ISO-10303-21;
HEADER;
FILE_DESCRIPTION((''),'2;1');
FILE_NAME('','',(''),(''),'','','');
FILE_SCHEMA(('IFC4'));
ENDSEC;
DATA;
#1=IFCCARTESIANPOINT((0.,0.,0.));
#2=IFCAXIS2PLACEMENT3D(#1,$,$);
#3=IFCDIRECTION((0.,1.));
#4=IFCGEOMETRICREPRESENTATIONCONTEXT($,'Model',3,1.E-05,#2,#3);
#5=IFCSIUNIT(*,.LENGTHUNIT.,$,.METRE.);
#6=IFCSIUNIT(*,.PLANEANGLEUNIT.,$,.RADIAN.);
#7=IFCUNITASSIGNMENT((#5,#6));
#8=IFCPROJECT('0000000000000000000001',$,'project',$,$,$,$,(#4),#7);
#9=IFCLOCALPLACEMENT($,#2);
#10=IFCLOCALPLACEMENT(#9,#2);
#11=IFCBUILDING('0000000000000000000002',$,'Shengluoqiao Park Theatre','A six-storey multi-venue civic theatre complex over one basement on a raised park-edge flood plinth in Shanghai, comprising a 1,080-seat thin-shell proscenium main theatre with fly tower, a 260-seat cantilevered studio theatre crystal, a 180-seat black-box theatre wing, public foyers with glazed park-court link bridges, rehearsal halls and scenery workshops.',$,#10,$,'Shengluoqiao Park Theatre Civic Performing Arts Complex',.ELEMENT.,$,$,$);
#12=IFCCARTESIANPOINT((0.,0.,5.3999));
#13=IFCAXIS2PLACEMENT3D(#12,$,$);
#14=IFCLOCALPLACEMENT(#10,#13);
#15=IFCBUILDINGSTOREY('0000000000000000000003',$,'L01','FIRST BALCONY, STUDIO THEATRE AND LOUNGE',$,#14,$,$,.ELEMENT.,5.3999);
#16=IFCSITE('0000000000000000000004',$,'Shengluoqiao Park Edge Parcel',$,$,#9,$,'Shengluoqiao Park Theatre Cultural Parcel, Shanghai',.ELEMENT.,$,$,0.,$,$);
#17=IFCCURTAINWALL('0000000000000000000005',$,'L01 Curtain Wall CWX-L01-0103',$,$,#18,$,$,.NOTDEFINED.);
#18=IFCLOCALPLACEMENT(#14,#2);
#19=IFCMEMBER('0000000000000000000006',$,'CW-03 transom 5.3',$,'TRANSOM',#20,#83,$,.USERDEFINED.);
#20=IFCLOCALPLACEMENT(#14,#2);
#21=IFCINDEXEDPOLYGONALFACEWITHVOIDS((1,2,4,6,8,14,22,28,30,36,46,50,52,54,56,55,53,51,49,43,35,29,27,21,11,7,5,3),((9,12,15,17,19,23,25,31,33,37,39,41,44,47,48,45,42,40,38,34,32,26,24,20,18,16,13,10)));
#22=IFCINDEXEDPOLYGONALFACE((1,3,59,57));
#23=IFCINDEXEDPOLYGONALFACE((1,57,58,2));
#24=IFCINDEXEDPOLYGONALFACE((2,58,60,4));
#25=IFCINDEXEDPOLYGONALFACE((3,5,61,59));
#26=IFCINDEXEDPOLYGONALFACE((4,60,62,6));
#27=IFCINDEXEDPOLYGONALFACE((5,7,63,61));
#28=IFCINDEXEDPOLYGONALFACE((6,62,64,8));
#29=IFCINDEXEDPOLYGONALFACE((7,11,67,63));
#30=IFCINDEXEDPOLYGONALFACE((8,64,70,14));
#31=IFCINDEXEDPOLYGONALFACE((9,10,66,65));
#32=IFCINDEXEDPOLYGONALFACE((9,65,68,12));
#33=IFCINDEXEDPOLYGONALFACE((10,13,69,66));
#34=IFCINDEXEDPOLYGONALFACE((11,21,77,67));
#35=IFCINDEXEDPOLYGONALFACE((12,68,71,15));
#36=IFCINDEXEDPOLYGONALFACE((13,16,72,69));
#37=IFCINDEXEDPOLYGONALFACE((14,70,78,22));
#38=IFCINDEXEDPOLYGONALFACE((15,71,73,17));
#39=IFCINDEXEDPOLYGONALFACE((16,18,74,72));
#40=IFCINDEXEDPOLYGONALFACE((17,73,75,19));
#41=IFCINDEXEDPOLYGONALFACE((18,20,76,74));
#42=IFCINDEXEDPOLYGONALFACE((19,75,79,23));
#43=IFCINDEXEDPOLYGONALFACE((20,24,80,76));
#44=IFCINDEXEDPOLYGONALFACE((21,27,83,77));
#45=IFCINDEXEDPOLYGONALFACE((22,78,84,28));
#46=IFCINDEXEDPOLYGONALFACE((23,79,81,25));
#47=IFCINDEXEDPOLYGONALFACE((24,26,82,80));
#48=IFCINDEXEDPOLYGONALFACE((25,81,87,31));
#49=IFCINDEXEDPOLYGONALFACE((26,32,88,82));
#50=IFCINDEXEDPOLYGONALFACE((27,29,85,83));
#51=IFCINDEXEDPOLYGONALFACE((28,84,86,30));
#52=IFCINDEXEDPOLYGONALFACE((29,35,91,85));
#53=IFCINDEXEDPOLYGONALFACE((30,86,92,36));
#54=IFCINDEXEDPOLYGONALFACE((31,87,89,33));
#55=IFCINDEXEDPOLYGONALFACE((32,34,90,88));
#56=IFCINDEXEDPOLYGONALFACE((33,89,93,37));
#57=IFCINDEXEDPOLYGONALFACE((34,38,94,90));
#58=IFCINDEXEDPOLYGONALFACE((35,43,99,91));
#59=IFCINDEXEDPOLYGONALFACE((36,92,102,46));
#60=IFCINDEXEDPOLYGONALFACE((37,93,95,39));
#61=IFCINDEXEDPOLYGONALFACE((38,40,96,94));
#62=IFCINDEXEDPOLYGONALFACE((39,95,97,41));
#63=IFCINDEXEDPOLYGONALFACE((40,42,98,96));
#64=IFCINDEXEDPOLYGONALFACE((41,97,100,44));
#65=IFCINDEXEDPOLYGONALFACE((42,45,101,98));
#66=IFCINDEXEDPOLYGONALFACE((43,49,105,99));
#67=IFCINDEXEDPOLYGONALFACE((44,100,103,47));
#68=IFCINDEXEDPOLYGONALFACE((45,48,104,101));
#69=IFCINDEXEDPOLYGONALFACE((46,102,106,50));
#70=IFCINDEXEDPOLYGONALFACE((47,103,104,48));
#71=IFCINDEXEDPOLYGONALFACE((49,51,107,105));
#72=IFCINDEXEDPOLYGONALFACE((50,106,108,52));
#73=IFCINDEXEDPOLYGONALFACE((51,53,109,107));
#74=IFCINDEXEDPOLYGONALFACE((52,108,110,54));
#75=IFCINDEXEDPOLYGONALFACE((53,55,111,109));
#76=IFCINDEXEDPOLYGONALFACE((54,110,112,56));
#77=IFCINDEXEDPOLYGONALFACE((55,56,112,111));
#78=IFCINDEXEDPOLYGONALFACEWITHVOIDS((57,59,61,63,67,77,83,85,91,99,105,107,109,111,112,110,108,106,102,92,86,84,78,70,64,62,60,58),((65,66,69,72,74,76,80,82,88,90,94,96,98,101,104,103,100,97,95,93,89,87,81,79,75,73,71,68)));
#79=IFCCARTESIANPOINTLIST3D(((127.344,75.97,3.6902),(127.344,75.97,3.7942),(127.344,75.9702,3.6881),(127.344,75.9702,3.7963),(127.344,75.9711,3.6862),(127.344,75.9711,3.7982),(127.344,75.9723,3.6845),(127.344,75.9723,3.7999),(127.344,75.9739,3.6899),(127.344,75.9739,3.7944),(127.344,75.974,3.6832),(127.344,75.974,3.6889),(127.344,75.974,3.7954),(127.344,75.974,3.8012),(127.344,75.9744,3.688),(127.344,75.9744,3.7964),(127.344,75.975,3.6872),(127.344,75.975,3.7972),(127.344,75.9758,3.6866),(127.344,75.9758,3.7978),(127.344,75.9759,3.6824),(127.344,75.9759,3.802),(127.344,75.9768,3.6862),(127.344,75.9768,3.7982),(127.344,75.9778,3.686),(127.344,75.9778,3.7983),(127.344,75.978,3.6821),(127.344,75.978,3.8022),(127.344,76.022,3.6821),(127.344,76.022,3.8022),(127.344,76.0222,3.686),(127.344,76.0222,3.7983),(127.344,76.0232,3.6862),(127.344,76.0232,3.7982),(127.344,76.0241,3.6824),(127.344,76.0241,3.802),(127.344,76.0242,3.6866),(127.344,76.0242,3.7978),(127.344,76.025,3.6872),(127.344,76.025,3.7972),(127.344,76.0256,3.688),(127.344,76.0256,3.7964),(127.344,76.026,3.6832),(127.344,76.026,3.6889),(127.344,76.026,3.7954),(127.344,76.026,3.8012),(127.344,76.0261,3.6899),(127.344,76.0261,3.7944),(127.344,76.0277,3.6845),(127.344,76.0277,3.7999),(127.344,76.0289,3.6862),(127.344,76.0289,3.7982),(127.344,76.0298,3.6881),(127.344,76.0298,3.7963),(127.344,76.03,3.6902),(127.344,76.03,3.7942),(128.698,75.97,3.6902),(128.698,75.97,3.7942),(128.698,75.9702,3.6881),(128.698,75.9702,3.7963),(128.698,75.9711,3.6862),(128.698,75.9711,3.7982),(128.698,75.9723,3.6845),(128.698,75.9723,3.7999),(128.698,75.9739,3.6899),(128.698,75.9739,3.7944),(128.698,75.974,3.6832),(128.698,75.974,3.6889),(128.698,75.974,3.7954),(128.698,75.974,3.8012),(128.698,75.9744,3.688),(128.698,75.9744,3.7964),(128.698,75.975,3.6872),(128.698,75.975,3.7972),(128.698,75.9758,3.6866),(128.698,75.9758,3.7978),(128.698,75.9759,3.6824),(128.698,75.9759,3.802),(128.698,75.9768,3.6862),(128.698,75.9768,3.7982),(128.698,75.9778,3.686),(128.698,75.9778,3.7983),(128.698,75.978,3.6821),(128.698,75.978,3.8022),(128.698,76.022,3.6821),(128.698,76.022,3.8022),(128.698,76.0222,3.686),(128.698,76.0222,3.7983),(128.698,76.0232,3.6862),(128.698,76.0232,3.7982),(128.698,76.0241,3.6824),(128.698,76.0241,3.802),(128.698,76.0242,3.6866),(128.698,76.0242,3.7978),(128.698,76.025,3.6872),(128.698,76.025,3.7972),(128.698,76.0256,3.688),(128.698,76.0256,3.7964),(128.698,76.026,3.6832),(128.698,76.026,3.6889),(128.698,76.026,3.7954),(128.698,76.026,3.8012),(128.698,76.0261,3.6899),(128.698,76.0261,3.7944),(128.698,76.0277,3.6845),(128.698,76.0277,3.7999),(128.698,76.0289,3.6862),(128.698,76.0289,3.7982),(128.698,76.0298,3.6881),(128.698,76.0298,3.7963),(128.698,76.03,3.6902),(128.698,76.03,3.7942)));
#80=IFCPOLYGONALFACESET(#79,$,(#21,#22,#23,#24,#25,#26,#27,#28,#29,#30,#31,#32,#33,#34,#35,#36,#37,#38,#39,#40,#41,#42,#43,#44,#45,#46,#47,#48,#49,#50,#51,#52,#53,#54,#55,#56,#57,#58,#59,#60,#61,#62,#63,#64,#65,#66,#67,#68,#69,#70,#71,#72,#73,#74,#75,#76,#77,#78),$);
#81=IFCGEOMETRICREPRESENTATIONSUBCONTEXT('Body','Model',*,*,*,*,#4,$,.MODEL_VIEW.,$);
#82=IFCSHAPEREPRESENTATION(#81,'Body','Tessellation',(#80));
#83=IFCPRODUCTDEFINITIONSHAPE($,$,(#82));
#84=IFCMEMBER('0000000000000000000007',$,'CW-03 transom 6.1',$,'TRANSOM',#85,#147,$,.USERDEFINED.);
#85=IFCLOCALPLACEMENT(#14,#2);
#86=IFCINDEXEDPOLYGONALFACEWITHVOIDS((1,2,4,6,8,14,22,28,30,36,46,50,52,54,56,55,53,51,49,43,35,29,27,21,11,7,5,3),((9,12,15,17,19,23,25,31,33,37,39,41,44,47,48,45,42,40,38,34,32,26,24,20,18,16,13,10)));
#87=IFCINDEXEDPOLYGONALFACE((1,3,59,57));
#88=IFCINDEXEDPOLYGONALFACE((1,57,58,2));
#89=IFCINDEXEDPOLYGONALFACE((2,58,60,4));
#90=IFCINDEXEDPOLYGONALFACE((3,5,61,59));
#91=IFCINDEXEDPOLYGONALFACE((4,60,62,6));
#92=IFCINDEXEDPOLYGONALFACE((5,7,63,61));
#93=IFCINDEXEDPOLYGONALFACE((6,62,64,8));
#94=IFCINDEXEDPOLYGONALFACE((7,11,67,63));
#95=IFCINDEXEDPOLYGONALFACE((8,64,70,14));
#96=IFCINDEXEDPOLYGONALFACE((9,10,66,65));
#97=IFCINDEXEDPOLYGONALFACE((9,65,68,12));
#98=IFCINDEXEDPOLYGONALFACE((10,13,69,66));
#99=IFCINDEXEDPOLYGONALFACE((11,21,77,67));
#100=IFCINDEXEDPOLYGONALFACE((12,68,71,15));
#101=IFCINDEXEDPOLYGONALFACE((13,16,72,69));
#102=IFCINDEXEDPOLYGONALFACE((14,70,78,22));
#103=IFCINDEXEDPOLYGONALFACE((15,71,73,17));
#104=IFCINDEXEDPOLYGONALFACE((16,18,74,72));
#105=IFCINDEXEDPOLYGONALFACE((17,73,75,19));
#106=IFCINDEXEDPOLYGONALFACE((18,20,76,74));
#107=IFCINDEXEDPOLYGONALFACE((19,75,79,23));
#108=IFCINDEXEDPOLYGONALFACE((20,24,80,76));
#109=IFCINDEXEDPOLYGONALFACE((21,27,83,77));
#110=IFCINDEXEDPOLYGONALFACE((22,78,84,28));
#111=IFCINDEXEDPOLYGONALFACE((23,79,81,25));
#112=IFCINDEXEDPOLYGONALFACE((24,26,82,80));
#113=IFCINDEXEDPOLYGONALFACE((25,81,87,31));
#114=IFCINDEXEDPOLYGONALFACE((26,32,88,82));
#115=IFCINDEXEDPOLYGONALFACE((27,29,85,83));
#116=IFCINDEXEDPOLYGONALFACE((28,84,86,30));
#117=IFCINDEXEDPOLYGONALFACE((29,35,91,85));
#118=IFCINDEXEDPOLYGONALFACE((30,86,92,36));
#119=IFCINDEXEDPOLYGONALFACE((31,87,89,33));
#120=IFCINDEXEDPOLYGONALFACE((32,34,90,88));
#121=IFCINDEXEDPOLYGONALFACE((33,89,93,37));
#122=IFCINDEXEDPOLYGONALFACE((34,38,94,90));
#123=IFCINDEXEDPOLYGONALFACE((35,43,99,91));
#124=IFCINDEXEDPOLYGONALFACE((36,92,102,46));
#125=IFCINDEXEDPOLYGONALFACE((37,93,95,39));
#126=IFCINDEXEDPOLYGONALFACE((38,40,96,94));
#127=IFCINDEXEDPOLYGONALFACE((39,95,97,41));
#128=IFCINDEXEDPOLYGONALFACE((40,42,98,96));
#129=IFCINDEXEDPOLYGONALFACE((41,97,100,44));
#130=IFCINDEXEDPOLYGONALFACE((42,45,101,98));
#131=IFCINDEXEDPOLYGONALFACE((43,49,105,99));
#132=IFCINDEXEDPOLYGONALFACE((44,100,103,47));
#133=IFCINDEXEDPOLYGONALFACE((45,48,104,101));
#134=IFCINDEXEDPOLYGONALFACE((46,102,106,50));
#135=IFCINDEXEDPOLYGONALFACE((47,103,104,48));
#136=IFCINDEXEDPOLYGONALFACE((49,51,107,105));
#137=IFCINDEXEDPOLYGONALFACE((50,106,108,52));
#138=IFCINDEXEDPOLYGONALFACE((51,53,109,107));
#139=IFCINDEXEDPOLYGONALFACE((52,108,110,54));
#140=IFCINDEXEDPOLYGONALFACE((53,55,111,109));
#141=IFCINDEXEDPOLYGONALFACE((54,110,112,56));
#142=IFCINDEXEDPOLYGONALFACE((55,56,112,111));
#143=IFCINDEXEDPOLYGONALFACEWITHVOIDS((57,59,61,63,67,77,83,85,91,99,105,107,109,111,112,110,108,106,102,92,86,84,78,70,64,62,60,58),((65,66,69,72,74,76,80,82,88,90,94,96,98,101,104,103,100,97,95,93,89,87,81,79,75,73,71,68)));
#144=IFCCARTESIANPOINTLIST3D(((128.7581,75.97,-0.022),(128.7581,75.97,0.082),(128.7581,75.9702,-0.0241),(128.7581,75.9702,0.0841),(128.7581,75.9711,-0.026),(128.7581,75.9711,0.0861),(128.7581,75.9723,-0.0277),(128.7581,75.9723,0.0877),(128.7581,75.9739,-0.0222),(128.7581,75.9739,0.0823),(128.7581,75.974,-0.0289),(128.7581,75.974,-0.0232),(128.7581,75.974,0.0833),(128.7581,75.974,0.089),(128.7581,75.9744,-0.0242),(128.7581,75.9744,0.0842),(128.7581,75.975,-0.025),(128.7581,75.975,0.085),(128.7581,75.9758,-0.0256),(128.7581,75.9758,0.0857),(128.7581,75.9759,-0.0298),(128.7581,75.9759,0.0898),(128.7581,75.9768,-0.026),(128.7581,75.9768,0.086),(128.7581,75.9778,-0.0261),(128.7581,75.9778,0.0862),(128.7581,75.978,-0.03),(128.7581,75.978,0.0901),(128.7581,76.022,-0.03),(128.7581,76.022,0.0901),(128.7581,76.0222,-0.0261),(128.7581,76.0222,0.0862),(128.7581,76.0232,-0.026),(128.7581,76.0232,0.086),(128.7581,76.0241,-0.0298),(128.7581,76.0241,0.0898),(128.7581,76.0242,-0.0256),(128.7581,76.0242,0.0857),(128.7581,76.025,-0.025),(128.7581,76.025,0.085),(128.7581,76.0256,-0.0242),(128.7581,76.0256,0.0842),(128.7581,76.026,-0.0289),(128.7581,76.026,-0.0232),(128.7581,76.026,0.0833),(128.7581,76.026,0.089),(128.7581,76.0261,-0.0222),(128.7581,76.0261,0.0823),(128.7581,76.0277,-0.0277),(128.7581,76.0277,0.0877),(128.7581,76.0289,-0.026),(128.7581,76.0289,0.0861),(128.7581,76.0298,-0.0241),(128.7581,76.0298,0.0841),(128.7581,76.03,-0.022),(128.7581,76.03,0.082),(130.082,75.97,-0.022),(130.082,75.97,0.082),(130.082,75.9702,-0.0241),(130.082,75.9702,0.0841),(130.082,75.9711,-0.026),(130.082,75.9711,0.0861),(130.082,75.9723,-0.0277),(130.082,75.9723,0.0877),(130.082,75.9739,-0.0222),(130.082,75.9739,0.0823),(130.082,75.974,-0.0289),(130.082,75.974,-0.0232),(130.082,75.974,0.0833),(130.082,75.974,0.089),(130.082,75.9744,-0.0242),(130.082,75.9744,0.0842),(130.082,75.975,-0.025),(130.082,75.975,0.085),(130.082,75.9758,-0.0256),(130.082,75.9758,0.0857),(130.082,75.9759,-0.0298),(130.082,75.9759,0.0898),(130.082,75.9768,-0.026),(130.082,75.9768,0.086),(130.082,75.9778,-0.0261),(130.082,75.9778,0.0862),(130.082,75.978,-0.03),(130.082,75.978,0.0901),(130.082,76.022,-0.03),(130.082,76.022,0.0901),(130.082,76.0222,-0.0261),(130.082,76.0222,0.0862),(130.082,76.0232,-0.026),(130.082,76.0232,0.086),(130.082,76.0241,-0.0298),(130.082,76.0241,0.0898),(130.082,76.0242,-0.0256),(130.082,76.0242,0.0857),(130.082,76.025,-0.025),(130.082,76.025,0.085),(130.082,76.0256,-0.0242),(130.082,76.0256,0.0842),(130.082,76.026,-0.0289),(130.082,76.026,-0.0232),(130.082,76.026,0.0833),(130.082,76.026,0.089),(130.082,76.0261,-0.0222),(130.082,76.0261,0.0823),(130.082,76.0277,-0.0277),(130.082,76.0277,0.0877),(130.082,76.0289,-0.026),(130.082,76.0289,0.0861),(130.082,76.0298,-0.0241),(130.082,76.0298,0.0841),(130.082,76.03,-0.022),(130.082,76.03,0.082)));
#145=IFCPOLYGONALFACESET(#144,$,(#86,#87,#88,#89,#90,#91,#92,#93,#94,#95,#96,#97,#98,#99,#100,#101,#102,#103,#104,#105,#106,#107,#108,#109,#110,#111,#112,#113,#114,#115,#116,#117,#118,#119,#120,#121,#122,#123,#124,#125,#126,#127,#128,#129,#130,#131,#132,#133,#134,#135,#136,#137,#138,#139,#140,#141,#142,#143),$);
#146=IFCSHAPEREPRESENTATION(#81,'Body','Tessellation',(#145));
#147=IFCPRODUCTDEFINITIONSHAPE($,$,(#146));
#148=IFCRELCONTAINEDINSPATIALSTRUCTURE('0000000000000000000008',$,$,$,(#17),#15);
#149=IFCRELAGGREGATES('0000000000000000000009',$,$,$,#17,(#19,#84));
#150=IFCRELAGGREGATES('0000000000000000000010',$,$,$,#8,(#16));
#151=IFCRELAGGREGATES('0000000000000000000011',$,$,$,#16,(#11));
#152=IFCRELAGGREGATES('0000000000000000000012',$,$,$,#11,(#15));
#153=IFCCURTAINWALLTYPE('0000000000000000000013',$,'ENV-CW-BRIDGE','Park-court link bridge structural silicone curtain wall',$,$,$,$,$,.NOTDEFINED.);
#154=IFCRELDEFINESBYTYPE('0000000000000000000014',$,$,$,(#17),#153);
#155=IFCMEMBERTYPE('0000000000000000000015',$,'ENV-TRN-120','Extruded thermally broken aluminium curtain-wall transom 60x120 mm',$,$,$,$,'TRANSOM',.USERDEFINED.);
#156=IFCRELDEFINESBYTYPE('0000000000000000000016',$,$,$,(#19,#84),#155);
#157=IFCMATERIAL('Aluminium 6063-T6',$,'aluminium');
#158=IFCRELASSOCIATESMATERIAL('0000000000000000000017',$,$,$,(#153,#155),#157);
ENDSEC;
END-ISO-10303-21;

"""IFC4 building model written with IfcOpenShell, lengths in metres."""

from ifc_helpers import new_model, si_unit, direction, frame, origin, origin_2d, place, context, subcontext, project, spatial, hollow_rectangle, extrude, material, material_profile, profile_set, type_object, element, aggregate, save


model = new_model("IFC4")

# Units and contexts
model_context = context("Model", 3, precision=1e-05, world=origin(), true_north=direction((0.0, 1.0)))
body_context = subcontext(model_context, "Body", "Model", "MODEL_VIEW")
ifc_project = project(units=[si_unit("LENGTHUNIT", "METRE"), si_unit("PLANEANGLEUNIT", "RADIAN")], contexts=[model_context])

# Site, building, storey
site_placement = place(None, origin())
site = spatial("IfcSite", under=ifc_project, at=site_placement, Name="Shengluoqiao Park Edge Parcel", LongName="Shengluoqiao Park Theatre Cultural Parcel, Shanghai", CompositionType="ELEMENT", RefElevation=0.0)
building_placement = place(site_placement, origin())
building = spatial("IfcBuilding", under=site, at=building_placement, Name="Shengluoqiao Park Theatre", Description="A six-storey multi-venue civic theatre complex over one basement on a raised park-edge flood plinth in Shanghai, comprising a 1,080-seat thin-shell proscenium main theatre with fly tower, a 260-seat cantilevered studio theatre crystal, a 180-seat black-box theatre wing, public foyers with glazed park-court link bridges, rehearsal halls and scenery workshops.", LongName="Shengluoqiao Park Theatre Civic Performing Arts Complex", CompositionType="ELEMENT")
storey_placement = place(building_placement, frame((0.0, 0.0, 5.3999)))
storey = spatial("IfcBuildingStorey", under=building, at=storey_placement, Name="L01", Description="FIRST BALCONY, STUDIO THEATRE AND LOUNGE", CompositionType="ELEMENT", Elevation=5.3999)

# Curtain wall
ifc_material_1 = material(Name="Aluminium 6063-T6", Category="aluminium")
curtain_wall_type = type_object("IfcCurtainWallType", Name="ENV-CW-BRIDGE", Description="Park-court link bridge structural silicone curtain wall", PredefinedType="NOTDEFINED", material=ifc_material_1)
curtain_wall_1_placement = place(storey_placement, origin())
curtain_wall_1 = element("IfcCurtainWall", 1, at=curtain_wall_1_placement, inside=storey, type_object=curtain_wall_type, Name="L01 Curtain Wall CWX-L01-0103", PredefinedType="NOTDEFINED")

# Members
ifc_material_profile_1 = material_profile(ifc_material_1, hollow_rectangle(XDim=0.0601, YDim=0.1201, WallThickness=0.0039, InnerFilletRadius=0.0039, OuterFilletRadius=0.0081, at=origin_2d()), Name="ALU TRANSOM 120x60x4")
ifc_profile_set_1 = profile_set([ifc_material_profile_1], Name="Aluminium 6063-T6")
member_type_1 = type_object("IfcMemberType", Name="ENV-TRN-120", Description="Extruded thermally broken aluminium curtain-wall transom 60x120 mm", ElementType="TRANSOM", PredefinedType="USERDEFINED", material=ifc_profile_set_1)
member_1_placement = place(storey_placement, frame((127.344, 76.0, 3.7422), z_axis=(1.0, 0.0, 0.0), x_axis=(0.0, 1.0, 0.0)))
member_1 = element("IfcMember", 2, at=member_1_placement, type_object=member_type_1, Name="CW-03 transom 5.3", ObjectType="TRANSOM", PredefinedType="USERDEFINED", context=body_context, shape_type="SweptSolid", body=[
    extrude(hollow_rectangle(XDim=0.0601, YDim=0.1201, WallThickness=0.0039, InnerFilletRadius=0.0039, OuterFilletRadius=0.0081, at=origin_2d()), origin(), (0.0, 0.0, 1.0), 1.354),
])
member_2_placement = place(storey_placement, frame((128.7581, 76.0, 0.03), z_axis=(1.0, 0.0, 0.0), x_axis=(0.0, 1.0, 0.0)))
member_2 = element("IfcMember", 3, at=member_2_placement, type_object=member_type_1, Name="CW-03 transom 6.1", ObjectType="TRANSOM", PredefinedType="USERDEFINED", context=body_context, shape_type="SweptSolid", body=[
    extrude(hollow_rectangle(XDim=0.0601, YDim=0.1201, WallThickness=0.0039, InnerFilletRadius=0.0039, OuterFilletRadius=0.0081, at=origin_2d()), origin(), (0.0, 0.0, 1.0), 1.324),
])

aggregate(curtain_wall_1, [member_1, member_2])

save(model, "model.ifc")
